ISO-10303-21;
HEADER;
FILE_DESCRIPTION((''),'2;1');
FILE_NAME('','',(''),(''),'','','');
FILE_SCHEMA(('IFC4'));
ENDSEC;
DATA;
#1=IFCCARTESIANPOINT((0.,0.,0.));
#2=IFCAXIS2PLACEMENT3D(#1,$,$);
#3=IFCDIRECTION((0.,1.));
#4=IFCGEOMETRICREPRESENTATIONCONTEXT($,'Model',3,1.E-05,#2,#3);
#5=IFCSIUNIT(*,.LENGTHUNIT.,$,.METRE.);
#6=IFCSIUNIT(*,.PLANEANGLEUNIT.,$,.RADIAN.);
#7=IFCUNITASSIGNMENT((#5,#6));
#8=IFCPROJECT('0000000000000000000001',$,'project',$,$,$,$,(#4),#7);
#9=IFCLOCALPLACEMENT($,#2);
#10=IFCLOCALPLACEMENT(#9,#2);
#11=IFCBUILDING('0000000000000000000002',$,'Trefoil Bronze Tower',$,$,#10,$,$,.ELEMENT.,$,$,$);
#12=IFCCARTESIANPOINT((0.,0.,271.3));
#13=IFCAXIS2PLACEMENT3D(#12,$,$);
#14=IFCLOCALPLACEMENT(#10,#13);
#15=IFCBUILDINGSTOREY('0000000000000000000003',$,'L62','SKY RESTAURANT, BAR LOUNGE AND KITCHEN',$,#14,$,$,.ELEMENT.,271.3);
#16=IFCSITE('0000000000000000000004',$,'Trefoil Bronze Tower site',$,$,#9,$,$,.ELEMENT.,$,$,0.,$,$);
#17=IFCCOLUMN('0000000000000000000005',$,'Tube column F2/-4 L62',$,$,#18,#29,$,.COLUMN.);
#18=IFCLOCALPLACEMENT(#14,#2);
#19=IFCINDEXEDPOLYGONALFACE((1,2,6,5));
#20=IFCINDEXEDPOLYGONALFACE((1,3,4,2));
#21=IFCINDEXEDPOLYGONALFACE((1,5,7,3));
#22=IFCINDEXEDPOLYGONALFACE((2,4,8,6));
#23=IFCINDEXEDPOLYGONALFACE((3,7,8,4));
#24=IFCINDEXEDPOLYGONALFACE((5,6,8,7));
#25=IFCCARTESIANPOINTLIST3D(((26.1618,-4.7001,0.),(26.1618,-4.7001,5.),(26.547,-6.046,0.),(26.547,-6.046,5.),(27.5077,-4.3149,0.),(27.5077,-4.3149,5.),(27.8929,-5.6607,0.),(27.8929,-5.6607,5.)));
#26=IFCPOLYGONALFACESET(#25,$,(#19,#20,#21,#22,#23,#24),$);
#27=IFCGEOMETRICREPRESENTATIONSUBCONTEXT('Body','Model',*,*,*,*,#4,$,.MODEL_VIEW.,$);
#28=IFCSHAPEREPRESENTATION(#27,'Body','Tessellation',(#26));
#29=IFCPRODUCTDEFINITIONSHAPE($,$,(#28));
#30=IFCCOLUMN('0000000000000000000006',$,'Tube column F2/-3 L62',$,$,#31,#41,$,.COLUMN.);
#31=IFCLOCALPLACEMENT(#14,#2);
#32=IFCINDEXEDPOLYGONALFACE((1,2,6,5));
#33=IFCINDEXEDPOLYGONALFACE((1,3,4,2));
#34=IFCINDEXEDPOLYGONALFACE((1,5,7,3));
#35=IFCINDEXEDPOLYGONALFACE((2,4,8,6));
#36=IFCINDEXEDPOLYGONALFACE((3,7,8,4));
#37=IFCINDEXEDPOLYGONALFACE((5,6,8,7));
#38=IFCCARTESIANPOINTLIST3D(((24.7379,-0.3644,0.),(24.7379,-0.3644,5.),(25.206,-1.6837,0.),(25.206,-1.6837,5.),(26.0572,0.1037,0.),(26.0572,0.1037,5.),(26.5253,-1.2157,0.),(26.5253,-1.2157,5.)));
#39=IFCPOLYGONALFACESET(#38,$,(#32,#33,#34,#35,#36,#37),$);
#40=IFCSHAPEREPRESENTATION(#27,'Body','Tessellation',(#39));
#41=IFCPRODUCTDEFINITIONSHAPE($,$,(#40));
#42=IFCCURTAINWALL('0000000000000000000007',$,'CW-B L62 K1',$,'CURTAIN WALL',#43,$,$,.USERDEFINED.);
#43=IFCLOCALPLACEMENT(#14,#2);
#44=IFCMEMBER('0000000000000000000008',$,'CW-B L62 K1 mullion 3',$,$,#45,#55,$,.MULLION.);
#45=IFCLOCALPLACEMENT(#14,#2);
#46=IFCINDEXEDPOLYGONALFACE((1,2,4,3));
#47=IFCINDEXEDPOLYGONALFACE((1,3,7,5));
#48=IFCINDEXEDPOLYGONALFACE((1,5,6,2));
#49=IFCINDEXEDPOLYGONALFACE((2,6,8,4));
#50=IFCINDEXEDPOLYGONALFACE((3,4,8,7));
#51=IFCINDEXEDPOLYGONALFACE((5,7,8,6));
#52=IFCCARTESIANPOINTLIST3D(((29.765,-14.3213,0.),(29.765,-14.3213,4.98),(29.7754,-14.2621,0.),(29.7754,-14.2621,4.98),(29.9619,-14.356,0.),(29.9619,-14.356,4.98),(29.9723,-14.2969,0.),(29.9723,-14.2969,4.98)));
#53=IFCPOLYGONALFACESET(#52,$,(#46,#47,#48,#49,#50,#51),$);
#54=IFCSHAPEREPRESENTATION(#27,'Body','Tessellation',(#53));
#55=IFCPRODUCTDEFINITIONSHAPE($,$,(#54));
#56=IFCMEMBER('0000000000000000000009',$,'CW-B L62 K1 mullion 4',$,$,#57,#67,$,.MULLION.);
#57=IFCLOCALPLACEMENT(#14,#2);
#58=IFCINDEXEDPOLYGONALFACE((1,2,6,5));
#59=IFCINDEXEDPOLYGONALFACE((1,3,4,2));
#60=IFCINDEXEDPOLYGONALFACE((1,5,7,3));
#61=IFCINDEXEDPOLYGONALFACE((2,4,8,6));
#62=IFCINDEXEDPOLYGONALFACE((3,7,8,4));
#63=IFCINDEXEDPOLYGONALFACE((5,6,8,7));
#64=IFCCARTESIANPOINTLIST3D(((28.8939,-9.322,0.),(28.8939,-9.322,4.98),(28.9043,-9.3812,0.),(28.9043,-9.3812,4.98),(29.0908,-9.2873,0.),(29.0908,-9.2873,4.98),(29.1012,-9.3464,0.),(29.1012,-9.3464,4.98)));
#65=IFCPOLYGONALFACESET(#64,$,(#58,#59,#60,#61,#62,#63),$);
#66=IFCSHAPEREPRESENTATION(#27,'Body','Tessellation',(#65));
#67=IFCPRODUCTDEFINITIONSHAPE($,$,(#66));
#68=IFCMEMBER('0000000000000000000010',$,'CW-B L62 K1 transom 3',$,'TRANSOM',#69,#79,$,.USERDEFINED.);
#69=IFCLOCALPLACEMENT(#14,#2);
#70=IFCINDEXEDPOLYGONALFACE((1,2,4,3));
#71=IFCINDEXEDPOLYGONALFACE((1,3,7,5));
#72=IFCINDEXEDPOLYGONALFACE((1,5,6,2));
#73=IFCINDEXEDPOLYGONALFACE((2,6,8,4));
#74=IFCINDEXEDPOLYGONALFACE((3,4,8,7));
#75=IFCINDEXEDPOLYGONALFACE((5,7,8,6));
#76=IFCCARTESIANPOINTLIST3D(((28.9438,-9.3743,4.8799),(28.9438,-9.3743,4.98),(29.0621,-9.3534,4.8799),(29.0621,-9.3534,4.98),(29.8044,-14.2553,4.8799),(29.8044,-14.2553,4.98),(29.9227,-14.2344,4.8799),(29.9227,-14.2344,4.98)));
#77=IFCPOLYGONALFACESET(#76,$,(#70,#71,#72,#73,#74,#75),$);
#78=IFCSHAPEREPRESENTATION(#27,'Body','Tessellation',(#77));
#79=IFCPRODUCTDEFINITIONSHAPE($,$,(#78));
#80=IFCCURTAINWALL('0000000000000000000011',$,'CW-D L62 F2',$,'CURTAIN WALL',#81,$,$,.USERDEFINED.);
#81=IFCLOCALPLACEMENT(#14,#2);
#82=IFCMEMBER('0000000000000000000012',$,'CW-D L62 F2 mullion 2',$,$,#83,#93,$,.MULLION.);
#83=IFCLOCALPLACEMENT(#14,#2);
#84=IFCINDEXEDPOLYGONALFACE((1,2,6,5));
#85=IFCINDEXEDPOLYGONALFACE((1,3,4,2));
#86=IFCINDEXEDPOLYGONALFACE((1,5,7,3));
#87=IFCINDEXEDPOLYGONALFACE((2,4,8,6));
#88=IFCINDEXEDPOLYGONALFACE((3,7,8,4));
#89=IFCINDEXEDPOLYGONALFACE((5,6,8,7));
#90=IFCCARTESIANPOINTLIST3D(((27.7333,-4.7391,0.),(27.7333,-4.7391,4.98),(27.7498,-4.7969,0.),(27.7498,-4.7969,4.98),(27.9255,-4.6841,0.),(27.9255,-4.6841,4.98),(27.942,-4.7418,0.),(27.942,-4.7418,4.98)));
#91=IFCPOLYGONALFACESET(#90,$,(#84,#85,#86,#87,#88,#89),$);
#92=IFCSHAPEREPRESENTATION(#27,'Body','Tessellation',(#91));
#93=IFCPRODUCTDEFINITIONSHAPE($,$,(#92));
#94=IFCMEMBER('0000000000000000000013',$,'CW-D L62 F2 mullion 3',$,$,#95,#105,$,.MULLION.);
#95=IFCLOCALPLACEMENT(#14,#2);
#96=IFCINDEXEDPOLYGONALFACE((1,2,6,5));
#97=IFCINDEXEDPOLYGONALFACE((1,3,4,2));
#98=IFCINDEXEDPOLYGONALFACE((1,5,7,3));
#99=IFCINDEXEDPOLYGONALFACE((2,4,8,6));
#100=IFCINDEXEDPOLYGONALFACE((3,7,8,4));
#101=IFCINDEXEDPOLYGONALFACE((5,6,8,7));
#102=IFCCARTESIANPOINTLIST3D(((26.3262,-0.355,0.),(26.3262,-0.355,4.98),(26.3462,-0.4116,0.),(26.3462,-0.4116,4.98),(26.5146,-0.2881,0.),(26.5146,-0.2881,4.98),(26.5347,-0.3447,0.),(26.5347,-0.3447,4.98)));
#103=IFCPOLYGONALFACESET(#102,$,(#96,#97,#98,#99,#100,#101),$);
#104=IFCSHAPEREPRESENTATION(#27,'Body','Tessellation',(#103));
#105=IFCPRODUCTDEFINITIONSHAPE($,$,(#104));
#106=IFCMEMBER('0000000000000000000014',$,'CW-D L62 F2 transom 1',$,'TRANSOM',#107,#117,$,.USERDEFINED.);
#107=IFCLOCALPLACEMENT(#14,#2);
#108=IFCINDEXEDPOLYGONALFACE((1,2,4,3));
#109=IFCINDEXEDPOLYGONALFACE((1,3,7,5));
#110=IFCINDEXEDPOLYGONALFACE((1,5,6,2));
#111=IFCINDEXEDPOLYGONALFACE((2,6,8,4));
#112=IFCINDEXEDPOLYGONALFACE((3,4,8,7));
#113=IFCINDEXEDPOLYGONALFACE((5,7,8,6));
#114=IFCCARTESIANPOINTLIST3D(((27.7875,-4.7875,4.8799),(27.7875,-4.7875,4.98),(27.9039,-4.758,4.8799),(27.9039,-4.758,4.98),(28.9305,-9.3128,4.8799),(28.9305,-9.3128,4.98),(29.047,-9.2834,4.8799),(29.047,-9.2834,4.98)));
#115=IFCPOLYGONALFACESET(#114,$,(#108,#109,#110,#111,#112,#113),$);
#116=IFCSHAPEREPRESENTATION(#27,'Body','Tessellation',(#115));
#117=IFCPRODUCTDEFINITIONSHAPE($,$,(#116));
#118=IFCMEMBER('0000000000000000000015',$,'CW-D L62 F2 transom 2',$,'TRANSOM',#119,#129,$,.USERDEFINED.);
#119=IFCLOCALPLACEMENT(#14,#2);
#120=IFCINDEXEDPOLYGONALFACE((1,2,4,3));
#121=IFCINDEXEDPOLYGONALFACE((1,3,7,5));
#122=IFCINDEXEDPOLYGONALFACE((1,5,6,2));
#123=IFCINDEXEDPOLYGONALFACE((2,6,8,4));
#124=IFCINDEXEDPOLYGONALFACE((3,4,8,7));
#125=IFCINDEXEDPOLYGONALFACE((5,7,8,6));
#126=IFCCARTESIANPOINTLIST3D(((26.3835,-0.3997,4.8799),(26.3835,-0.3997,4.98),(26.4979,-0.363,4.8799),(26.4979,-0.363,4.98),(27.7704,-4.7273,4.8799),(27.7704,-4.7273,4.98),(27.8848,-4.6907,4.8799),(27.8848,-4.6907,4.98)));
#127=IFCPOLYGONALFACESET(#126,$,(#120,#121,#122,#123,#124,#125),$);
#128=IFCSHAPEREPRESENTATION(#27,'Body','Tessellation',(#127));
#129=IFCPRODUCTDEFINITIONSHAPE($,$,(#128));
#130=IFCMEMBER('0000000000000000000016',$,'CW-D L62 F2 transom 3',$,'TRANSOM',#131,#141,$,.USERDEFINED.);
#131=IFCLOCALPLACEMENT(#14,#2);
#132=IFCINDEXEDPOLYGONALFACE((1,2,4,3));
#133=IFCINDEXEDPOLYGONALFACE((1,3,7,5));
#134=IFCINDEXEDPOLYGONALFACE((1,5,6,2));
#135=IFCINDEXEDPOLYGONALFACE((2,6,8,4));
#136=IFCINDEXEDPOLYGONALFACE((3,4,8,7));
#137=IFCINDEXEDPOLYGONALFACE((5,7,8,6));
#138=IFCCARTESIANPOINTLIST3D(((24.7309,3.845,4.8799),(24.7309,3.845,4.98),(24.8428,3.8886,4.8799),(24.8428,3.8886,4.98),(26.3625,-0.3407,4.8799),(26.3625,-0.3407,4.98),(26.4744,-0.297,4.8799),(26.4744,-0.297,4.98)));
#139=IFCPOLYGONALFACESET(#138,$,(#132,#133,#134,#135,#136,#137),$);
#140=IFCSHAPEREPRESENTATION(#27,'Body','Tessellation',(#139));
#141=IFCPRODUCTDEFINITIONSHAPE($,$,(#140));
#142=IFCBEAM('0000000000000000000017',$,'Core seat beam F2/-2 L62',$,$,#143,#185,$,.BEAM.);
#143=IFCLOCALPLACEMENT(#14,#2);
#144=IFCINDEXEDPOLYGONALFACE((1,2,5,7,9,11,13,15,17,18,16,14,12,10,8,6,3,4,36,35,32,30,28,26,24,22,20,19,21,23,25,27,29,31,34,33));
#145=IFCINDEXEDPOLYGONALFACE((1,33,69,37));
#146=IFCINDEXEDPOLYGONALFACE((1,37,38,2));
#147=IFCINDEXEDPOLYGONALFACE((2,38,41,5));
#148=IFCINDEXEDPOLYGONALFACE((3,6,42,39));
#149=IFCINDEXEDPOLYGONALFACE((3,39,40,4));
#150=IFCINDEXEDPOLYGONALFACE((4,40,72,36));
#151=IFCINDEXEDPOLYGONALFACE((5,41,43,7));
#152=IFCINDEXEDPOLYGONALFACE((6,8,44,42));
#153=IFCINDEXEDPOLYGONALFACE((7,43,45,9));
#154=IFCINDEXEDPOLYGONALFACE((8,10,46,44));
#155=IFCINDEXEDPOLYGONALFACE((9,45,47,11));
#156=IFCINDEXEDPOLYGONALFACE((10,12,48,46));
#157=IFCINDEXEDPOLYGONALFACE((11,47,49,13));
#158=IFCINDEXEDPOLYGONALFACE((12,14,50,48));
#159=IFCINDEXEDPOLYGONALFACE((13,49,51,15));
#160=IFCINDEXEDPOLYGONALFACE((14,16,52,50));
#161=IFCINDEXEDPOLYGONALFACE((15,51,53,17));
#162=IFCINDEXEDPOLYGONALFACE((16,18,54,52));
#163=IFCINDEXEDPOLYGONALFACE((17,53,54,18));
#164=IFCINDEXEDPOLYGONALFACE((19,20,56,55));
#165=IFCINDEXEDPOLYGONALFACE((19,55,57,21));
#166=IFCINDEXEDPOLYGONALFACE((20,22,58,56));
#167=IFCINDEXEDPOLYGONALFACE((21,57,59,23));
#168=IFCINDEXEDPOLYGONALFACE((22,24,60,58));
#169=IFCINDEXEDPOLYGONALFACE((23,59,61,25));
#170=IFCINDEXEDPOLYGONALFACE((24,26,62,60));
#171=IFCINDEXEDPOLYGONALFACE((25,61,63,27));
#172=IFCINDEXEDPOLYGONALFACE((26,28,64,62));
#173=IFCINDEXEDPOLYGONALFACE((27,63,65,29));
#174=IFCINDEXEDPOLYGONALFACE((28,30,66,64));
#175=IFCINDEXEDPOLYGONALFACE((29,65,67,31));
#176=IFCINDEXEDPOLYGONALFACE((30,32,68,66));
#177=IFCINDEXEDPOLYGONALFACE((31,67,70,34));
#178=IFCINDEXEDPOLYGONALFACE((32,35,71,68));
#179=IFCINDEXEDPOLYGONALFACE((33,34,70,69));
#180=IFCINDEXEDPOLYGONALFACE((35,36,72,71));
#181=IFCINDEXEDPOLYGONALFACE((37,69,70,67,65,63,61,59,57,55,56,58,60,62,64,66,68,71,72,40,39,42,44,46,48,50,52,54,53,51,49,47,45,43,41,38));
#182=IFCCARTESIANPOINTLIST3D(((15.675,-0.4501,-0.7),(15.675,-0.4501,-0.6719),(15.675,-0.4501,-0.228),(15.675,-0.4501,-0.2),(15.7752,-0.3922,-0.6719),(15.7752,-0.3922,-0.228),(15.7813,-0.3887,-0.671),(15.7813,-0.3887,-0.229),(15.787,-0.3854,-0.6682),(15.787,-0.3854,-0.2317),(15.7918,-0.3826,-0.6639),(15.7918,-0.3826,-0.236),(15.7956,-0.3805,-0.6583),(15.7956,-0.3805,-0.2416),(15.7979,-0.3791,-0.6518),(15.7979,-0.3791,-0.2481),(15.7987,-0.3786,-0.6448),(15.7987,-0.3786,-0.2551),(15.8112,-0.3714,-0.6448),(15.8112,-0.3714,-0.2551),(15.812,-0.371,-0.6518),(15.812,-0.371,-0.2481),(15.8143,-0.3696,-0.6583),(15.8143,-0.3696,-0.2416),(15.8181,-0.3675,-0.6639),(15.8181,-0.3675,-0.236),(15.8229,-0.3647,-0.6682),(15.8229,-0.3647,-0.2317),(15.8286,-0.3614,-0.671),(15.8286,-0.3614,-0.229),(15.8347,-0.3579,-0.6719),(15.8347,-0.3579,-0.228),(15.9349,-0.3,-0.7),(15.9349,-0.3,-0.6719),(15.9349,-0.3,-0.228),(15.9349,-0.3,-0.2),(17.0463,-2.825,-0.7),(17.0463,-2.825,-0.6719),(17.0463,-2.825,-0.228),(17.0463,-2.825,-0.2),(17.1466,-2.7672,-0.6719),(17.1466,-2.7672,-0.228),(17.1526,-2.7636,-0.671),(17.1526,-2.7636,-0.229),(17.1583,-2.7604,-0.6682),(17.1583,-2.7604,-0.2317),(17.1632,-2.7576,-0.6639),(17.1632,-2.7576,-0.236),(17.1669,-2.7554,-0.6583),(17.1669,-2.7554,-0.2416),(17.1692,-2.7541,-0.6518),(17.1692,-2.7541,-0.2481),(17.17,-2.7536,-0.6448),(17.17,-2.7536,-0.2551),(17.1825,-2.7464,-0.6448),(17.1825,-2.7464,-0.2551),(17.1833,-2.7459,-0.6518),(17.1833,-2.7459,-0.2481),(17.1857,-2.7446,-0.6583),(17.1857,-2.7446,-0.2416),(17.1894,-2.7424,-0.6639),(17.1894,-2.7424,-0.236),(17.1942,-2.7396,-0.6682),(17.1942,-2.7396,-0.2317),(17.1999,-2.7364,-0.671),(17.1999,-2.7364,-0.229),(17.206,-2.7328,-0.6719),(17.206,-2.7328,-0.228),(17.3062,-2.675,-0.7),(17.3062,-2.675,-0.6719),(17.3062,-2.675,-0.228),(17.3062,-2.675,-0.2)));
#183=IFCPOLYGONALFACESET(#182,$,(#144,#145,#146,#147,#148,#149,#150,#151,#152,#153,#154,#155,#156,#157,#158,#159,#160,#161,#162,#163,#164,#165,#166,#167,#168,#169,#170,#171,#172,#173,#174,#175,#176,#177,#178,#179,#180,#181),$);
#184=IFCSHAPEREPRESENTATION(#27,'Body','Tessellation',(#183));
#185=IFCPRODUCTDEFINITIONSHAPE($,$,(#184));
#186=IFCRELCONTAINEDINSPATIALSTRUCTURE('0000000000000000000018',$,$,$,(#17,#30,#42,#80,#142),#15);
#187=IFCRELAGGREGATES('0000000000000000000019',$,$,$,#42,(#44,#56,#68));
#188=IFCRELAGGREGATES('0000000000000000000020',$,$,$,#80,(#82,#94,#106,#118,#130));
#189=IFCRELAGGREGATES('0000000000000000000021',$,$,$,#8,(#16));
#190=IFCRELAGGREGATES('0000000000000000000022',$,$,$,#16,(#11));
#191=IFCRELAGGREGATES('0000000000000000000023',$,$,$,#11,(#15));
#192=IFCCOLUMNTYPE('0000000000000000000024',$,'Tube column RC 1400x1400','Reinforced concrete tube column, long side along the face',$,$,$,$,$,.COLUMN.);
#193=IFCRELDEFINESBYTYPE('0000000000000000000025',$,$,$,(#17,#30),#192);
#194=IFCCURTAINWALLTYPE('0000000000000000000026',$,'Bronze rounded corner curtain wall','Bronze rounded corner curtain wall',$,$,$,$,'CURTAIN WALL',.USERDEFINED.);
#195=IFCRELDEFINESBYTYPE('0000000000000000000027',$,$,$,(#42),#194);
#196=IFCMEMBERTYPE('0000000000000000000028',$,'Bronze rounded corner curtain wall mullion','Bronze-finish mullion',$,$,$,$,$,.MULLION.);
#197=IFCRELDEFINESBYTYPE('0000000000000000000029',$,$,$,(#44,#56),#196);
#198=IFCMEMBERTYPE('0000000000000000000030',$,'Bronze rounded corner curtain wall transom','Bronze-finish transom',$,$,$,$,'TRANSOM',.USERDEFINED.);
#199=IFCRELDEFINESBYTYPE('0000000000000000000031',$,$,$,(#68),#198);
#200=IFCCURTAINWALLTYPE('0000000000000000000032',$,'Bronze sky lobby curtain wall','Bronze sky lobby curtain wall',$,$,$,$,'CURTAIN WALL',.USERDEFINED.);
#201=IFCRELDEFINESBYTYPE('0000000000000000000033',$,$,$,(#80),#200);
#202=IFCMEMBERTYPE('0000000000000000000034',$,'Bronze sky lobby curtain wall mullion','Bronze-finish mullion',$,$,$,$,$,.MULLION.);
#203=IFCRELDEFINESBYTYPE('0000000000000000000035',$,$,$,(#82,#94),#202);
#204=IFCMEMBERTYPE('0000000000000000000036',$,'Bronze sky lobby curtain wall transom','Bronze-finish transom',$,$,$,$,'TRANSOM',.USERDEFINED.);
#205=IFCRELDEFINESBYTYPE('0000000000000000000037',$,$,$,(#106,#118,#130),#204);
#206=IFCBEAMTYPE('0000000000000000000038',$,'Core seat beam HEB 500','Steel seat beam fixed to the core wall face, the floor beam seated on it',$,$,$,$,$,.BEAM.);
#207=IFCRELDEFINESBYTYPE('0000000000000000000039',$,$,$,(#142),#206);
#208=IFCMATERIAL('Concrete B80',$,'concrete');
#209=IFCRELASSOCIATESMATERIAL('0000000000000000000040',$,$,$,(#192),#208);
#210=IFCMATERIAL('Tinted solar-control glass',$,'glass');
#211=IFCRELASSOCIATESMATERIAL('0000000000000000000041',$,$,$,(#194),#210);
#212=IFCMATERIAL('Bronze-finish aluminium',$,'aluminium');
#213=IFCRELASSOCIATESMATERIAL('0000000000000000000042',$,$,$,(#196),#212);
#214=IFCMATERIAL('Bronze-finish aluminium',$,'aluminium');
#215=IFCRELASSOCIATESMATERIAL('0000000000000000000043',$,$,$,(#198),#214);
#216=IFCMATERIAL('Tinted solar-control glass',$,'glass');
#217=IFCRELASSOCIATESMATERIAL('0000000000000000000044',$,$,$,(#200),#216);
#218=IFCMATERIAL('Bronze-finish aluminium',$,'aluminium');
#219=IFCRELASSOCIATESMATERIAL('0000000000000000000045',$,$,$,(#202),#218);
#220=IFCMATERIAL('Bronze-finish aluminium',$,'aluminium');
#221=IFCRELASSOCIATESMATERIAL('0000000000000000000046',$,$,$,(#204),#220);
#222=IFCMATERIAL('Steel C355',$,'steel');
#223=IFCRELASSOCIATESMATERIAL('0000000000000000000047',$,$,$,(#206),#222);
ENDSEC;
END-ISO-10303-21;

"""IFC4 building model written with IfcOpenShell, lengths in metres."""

from ifc_helpers import new_model, si_unit, direction, frame, origin, origin_2d, place, context, subcontext, project, spatial, rectangle, i_section, extrude, material, material_profile, profile_set, type_object, element, aggregate, save


model = new_model("IFC4")

# Units and contexts
model_context = context("Model", 3, precision=1e-05, world=origin(), true_north=direction((0.0, 1.0)))
body_context = subcontext(model_context, "Body", "Model", "MODEL_VIEW")
ifc_project = project(units=[si_unit("LENGTHUNIT", "METRE"), si_unit("PLANEANGLEUNIT", "RADIAN")], contexts=[model_context])

# Site, building, storey
site_placement = place(None, origin())
site = spatial("IfcSite", under=ifc_project, at=site_placement, Name="Trefoil Bronze Tower site", CompositionType="ELEMENT", RefElevation=0.0)
building_placement = place(site_placement, origin())
building = spatial("IfcBuilding", under=site, at=building_placement, Name="Trefoil Bronze Tower", CompositionType="ELEMENT")
storey_placement = place(building_placement, frame((0.0, 0.0, 271.3)))
storey = spatial("IfcBuildingStorey", under=building, at=storey_placement, Name="L62", Description="SKY RESTAURANT, BAR LOUNGE AND KITCHEN", CompositionType="ELEMENT", Elevation=271.3)

# Columns
ifc_material_1 = material(Name="Concrete B80", Category="concrete")
ifc_material_profile_1 = material_profile(ifc_material_1, rectangle(XDim=1.3999, YDim=1.3999, at=origin_2d()), Name="RC 1400x1400")
ifc_profile_set_1 = profile_set([ifc_material_profile_1], Name="Concrete B80")
column_type = type_object("IfcColumnType", Name="Tube column RC 1400x1400", Description="Reinforced concrete tube column, long side along the face", PredefinedType="COLUMN", material=ifc_profile_set_1)
for number, where, z_axis, x_axis, name in (
    (1, (27.0273, -5.1804, 0.0), (0.0, 0.0, 1.0), (-0.275169, 0.961396, 0.0), "Tube column F2/-4 L62"),
    (2, (25.6316, -0.79, 0.0), (0.0, 0.0, 1.0), (-0.334352, 0.942448, 0.0), "Tube column F2/-3 L62"),
):
    element("IfcColumn", number, at=place(storey_placement, frame(where, z_axis=z_axis, x_axis=x_axis)), inside=storey, type_object=column_type, Name=name, PredefinedType="COLUMN", context=body_context, shape_type="SweptSolid", body=[
        extrude(rectangle(XDim=1.3999, YDim=1.3999, at=origin_2d()), origin(), (0.0, 0.0, 1.0), 5.0),
    ])

# Curtain walls, members
ifc_material_2 = material(Name="Tinted solar-control glass", Category="glass")
curtain_wall_type_1 = type_object("IfcCurtainWallType", Name="Bronze rounded corner curtain wall", Description="Bronze rounded corner curtain wall", ElementType="CURTAIN WALL", PredefinedType="USERDEFINED", material=ifc_material_2)
curtain_wall_1_placement = place(storey_placement, origin())
curtain_wall_1 = element("IfcCurtainWall", 3, at=curtain_wall_1_placement, inside=storey, type_object=curtain_wall_type_1, Name="CW-B L62 K1", ObjectType="CURTAIN WALL", PredefinedType="USERDEFINED")
ifc_material_3 = material(Name="Bronze-finish aluminium", Category="aluminium")
ifc_material_profile_2 = material_profile(ifc_material_3, rectangle(XDim=0.2, YDim=0.0601, at=origin_2d()), Name="CW-B mullion")
ifc_profile_set_2 = profile_set([ifc_material_profile_2], Name="Bronze-finish aluminium")
member_type_1 = type_object("IfcMemberType", Name="Bronze rounded corner curtain wall mullion", Description="Bronze-finish mullion", PredefinedType="MULLION", material=ifc_profile_set_2)
member_1_placement = place(storey_placement, frame((29.8687, -14.3091, 0.0), z_axis=(0.0, 0.0, 1.0), x_axis=(-0.984808, 0.173648, 0.0)))
member_1 = element("IfcMember", 4, at=member_1_placement, type_object=member_type_1, Name="CW-B L62 K1 mullion 3", PredefinedType="MULLION", context=body_context, shape_type="SweptSolid", body=[
    extrude(rectangle(XDim=0.2, YDim=0.0601, at=origin_2d()), origin(), (0.0, 0.0, 1.0), 4.98),
])
member_2_placement = place(storey_placement, frame((28.9976, -9.3342, 0.0), z_axis=(0.0, 0.0, 1.0), x_axis=(-0.984808, -0.173648, 0.0)))
member_2 = element("IfcMember", 5, at=member_2_placement, type_object=member_type_1, Name="CW-B L62 K1 mullion 4", PredefinedType="MULLION", context=body_context, shape_type="SweptSolid", body=[
    extrude(rectangle(XDim=0.2, YDim=0.0601, at=origin_2d()), origin(), (0.0, 0.0, 1.0), 4.98),
])
ifc_material_4 = material(Name="Bronze-finish aluminium", Category="aluminium")
ifc_material_profile_3 = material_profile(ifc_material_4, rectangle(XDim=0.1201, YDim=0.1001, at=origin_2d()), Name="CW-B transom")
ifc_profile_set_3 = profile_set([ifc_material_profile_3], Name="Bronze-finish aluminium")
member_type_2 = type_object("IfcMemberType", Name="Bronze rounded corner curtain wall transom", Description="Bronze-finish transom", ElementType="TRANSOM", PredefinedType="USERDEFINED", material=ifc_profile_set_3)
member_3_placement = place(storey_placement, frame((29.8635, -14.2449, 4.9299), z_axis=(-0.173634, 0.98481, 0.0), x_axis=(-0.98481, -0.173634, 0.0)))
member_3 = element("IfcMember", 6, at=member_3_placement, type_object=member_type_2, Name="CW-B L62 K1 transom 3", ObjectType="TRANSOM", PredefinedType="USERDEFINED", context=body_context, shape_type="SweptSolid", body=[
    extrude(rectangle(XDim=0.1201, YDim=0.1001, at=origin_2d()), origin(), (0.0, 0.0, 1.0), 4.9563),
])
ifc_material_5 = material(Name="Tinted solar-control glass", Category="glass")
curtain_wall_type_2 = type_object("IfcCurtainWallType", Name="Bronze sky lobby curtain wall", Description="Bronze sky lobby curtain wall", ElementType="CURTAIN WALL", PredefinedType="USERDEFINED", material=ifc_material_5)
curtain_wall_2_placement = place(storey_placement, origin())
curtain_wall_2 = element("IfcCurtainWall", 7, at=curtain_wall_2_placement, inside=storey, type_object=curtain_wall_type_2, Name="CW-D L62 F2", ObjectType="CURTAIN WALL", PredefinedType="USERDEFINED")
ifc_material_6 = material(Name="Bronze-finish aluminium", Category="aluminium")
ifc_material_profile_4 = material_profile(ifc_material_6, rectangle(XDim=0.2, YDim=0.0601, at=origin_2d()), Name="CW-D mullion")
ifc_profile_set_4 = profile_set([ifc_material_profile_4], Name="Bronze-finish aluminium")
member_type_3 = type_object("IfcMemberType", Name="Bronze sky lobby curtain wall mullion", Description="Bronze-finish mullion", PredefinedType="MULLION", material=ifc_profile_set_4)
member_4_placement = place(storey_placement, frame((27.8376, -4.7405, 0.0), z_axis=(0.0, 0.0, 1.0), x_axis=(-0.961396, -0.275169, 0.0)))
member_4 = element("IfcMember", 8, at=member_4_placement, type_object=member_type_3, Name="CW-D L62 F2 mullion 2", PredefinedType="MULLION", context=body_context, shape_type="SweptSolid", body=[
    extrude(rectangle(XDim=0.2, YDim=0.0601, at=origin_2d()), origin(), (0.0, 0.0, 1.0), 4.98),
])
member_5_placement = place(storey_placement, frame((26.4304, -0.3499, 0.0), z_axis=(0.0, 0.0, 1.0), x_axis=(-0.942448, -0.334352, 0.0)))
member_5 = element("IfcMember", 9, at=member_5_placement, type_object=member_type_3, Name="CW-D L62 F2 mullion 3", PredefinedType="MULLION", context=body_context, shape_type="SweptSolid", body=[
    extrude(rectangle(XDim=0.2, YDim=0.0601, at=origin_2d()), origin(), (0.0, 0.0, 1.0), 4.98),
])
ifc_material_7 = material(Name="Bronze-finish aluminium", Category="aluminium")
ifc_material_profile_5 = material_profile(ifc_material_7, rectangle(XDim=0.1201, YDim=0.1001, at=origin_2d()), Name="CW-D transom")
ifc_profile_set_5 = profile_set([ifc_material_profile_5], Name="Bronze-finish aluminium")
member_type_4 = type_object("IfcMemberType", Name="Bronze sky lobby curtain wall transom", Description="Bronze-finish transom", ElementType="TRANSOM", PredefinedType="USERDEFINED", material=ifc_profile_set_5)
member_6_placement = place(storey_placement, frame((28.9888, -9.2981, 4.9299), z_axis=(-0.244898, 0.969549, 0.0), x_axis=(-0.969549, -0.244898, 0.0)))
member_6 = element("IfcMember", 10, at=member_6_placement, type_object=member_type_4, Name="CW-D L62 F2 transom 1", ObjectType="TRANSOM", PredefinedType="USERDEFINED", context=body_context, shape_type="SweptSolid", body=[
    extrude(rectangle(XDim=0.1201, YDim=0.1001, at=origin_2d()), origin(), (0.0, 0.0, 1.0), 4.6675),
])
member_7_placement = place(storey_placement, frame((27.8276, -4.709, 4.9299), z_axis=(-0.305199, 0.952289, 0.0), x_axis=(-0.952289, -0.305199, 0.0)))
member_7 = element("IfcMember", 11, at=member_7_placement, type_object=member_type_4, Name="CW-D L62 F2 transom 2", ObjectType="TRANSOM", PredefinedType="USERDEFINED", context=body_context, shape_type="SweptSolid", body=[
    extrude(rectangle(XDim=0.1201, YDim=0.1001, at=origin_2d()), origin(), (0.0, 0.0, 1.0), 4.5444),
])
member_8_placement = place(storey_placement, frame((26.4185, -0.3188, 4.9299), z_axis=(-0.363196, 0.931713, 0.0), x_axis=(-0.931713, -0.363196, 0.0)))
member_8 = element("IfcMember", 12, at=member_8_placement, type_object=member_type_4, Name="CW-D L62 F2 transom 3", ObjectType="TRANSOM", PredefinedType="USERDEFINED", context=body_context, shape_type="SweptSolid", body=[
    extrude(rectangle(XDim=0.1201, YDim=0.1001, at=origin_2d()), origin(), (0.0, 0.0, 1.0), 4.4924),
])

# Beam
ifc_material_8 = material(Name="Steel C355", Category="steel")
ifc_material_profile_6 = material_profile(ifc_material_8, i_section(OverallWidth=0.3, OverallDepth=0.5, WebThickness=0.0144, FlangeThickness=0.0281, FilletRadius=0.0271, at=origin_2d()), Name="HEB 500")
ifc_profile_set_6 = profile_set([ifc_material_profile_6], Name="Steel C355")
beam_type_1 = type_object("IfcBeamType", Name="Core seat beam HEB 500", Description="Steel seat beam fixed to the core wall face, the floor beam seated on it", PredefinedType="BEAM", material=ifc_profile_set_6)
beam_1_placement = place(storey_placement, frame((17.1763, -2.75, -0.45), z_axis=(-0.500036, 0.866005, 0.0), x_axis=(-0.866005, -0.500036, 0.0)))
element("IfcBeam", 13, at=beam_1_placement, inside=storey, type_object=beam_type_1, Name="Core seat beam F2/-2 L62", PredefinedType="BEAM", context=body_context, shape_type="SweptSolid", body=[
    extrude(i_section(OverallWidth=0.3, OverallDepth=0.5, WebThickness=0.0144, FlangeThickness=0.0281, FilletRadius=0.0271, at=origin_2d()), origin(), (0.0, 0.0, 1.0), 2.7424),
])

aggregate(curtain_wall_1, [member_1, member_2, member_3])
aggregate(curtain_wall_2, [member_4, member_5, member_6, member_7, member_8])

save(model, "model.ifc")
